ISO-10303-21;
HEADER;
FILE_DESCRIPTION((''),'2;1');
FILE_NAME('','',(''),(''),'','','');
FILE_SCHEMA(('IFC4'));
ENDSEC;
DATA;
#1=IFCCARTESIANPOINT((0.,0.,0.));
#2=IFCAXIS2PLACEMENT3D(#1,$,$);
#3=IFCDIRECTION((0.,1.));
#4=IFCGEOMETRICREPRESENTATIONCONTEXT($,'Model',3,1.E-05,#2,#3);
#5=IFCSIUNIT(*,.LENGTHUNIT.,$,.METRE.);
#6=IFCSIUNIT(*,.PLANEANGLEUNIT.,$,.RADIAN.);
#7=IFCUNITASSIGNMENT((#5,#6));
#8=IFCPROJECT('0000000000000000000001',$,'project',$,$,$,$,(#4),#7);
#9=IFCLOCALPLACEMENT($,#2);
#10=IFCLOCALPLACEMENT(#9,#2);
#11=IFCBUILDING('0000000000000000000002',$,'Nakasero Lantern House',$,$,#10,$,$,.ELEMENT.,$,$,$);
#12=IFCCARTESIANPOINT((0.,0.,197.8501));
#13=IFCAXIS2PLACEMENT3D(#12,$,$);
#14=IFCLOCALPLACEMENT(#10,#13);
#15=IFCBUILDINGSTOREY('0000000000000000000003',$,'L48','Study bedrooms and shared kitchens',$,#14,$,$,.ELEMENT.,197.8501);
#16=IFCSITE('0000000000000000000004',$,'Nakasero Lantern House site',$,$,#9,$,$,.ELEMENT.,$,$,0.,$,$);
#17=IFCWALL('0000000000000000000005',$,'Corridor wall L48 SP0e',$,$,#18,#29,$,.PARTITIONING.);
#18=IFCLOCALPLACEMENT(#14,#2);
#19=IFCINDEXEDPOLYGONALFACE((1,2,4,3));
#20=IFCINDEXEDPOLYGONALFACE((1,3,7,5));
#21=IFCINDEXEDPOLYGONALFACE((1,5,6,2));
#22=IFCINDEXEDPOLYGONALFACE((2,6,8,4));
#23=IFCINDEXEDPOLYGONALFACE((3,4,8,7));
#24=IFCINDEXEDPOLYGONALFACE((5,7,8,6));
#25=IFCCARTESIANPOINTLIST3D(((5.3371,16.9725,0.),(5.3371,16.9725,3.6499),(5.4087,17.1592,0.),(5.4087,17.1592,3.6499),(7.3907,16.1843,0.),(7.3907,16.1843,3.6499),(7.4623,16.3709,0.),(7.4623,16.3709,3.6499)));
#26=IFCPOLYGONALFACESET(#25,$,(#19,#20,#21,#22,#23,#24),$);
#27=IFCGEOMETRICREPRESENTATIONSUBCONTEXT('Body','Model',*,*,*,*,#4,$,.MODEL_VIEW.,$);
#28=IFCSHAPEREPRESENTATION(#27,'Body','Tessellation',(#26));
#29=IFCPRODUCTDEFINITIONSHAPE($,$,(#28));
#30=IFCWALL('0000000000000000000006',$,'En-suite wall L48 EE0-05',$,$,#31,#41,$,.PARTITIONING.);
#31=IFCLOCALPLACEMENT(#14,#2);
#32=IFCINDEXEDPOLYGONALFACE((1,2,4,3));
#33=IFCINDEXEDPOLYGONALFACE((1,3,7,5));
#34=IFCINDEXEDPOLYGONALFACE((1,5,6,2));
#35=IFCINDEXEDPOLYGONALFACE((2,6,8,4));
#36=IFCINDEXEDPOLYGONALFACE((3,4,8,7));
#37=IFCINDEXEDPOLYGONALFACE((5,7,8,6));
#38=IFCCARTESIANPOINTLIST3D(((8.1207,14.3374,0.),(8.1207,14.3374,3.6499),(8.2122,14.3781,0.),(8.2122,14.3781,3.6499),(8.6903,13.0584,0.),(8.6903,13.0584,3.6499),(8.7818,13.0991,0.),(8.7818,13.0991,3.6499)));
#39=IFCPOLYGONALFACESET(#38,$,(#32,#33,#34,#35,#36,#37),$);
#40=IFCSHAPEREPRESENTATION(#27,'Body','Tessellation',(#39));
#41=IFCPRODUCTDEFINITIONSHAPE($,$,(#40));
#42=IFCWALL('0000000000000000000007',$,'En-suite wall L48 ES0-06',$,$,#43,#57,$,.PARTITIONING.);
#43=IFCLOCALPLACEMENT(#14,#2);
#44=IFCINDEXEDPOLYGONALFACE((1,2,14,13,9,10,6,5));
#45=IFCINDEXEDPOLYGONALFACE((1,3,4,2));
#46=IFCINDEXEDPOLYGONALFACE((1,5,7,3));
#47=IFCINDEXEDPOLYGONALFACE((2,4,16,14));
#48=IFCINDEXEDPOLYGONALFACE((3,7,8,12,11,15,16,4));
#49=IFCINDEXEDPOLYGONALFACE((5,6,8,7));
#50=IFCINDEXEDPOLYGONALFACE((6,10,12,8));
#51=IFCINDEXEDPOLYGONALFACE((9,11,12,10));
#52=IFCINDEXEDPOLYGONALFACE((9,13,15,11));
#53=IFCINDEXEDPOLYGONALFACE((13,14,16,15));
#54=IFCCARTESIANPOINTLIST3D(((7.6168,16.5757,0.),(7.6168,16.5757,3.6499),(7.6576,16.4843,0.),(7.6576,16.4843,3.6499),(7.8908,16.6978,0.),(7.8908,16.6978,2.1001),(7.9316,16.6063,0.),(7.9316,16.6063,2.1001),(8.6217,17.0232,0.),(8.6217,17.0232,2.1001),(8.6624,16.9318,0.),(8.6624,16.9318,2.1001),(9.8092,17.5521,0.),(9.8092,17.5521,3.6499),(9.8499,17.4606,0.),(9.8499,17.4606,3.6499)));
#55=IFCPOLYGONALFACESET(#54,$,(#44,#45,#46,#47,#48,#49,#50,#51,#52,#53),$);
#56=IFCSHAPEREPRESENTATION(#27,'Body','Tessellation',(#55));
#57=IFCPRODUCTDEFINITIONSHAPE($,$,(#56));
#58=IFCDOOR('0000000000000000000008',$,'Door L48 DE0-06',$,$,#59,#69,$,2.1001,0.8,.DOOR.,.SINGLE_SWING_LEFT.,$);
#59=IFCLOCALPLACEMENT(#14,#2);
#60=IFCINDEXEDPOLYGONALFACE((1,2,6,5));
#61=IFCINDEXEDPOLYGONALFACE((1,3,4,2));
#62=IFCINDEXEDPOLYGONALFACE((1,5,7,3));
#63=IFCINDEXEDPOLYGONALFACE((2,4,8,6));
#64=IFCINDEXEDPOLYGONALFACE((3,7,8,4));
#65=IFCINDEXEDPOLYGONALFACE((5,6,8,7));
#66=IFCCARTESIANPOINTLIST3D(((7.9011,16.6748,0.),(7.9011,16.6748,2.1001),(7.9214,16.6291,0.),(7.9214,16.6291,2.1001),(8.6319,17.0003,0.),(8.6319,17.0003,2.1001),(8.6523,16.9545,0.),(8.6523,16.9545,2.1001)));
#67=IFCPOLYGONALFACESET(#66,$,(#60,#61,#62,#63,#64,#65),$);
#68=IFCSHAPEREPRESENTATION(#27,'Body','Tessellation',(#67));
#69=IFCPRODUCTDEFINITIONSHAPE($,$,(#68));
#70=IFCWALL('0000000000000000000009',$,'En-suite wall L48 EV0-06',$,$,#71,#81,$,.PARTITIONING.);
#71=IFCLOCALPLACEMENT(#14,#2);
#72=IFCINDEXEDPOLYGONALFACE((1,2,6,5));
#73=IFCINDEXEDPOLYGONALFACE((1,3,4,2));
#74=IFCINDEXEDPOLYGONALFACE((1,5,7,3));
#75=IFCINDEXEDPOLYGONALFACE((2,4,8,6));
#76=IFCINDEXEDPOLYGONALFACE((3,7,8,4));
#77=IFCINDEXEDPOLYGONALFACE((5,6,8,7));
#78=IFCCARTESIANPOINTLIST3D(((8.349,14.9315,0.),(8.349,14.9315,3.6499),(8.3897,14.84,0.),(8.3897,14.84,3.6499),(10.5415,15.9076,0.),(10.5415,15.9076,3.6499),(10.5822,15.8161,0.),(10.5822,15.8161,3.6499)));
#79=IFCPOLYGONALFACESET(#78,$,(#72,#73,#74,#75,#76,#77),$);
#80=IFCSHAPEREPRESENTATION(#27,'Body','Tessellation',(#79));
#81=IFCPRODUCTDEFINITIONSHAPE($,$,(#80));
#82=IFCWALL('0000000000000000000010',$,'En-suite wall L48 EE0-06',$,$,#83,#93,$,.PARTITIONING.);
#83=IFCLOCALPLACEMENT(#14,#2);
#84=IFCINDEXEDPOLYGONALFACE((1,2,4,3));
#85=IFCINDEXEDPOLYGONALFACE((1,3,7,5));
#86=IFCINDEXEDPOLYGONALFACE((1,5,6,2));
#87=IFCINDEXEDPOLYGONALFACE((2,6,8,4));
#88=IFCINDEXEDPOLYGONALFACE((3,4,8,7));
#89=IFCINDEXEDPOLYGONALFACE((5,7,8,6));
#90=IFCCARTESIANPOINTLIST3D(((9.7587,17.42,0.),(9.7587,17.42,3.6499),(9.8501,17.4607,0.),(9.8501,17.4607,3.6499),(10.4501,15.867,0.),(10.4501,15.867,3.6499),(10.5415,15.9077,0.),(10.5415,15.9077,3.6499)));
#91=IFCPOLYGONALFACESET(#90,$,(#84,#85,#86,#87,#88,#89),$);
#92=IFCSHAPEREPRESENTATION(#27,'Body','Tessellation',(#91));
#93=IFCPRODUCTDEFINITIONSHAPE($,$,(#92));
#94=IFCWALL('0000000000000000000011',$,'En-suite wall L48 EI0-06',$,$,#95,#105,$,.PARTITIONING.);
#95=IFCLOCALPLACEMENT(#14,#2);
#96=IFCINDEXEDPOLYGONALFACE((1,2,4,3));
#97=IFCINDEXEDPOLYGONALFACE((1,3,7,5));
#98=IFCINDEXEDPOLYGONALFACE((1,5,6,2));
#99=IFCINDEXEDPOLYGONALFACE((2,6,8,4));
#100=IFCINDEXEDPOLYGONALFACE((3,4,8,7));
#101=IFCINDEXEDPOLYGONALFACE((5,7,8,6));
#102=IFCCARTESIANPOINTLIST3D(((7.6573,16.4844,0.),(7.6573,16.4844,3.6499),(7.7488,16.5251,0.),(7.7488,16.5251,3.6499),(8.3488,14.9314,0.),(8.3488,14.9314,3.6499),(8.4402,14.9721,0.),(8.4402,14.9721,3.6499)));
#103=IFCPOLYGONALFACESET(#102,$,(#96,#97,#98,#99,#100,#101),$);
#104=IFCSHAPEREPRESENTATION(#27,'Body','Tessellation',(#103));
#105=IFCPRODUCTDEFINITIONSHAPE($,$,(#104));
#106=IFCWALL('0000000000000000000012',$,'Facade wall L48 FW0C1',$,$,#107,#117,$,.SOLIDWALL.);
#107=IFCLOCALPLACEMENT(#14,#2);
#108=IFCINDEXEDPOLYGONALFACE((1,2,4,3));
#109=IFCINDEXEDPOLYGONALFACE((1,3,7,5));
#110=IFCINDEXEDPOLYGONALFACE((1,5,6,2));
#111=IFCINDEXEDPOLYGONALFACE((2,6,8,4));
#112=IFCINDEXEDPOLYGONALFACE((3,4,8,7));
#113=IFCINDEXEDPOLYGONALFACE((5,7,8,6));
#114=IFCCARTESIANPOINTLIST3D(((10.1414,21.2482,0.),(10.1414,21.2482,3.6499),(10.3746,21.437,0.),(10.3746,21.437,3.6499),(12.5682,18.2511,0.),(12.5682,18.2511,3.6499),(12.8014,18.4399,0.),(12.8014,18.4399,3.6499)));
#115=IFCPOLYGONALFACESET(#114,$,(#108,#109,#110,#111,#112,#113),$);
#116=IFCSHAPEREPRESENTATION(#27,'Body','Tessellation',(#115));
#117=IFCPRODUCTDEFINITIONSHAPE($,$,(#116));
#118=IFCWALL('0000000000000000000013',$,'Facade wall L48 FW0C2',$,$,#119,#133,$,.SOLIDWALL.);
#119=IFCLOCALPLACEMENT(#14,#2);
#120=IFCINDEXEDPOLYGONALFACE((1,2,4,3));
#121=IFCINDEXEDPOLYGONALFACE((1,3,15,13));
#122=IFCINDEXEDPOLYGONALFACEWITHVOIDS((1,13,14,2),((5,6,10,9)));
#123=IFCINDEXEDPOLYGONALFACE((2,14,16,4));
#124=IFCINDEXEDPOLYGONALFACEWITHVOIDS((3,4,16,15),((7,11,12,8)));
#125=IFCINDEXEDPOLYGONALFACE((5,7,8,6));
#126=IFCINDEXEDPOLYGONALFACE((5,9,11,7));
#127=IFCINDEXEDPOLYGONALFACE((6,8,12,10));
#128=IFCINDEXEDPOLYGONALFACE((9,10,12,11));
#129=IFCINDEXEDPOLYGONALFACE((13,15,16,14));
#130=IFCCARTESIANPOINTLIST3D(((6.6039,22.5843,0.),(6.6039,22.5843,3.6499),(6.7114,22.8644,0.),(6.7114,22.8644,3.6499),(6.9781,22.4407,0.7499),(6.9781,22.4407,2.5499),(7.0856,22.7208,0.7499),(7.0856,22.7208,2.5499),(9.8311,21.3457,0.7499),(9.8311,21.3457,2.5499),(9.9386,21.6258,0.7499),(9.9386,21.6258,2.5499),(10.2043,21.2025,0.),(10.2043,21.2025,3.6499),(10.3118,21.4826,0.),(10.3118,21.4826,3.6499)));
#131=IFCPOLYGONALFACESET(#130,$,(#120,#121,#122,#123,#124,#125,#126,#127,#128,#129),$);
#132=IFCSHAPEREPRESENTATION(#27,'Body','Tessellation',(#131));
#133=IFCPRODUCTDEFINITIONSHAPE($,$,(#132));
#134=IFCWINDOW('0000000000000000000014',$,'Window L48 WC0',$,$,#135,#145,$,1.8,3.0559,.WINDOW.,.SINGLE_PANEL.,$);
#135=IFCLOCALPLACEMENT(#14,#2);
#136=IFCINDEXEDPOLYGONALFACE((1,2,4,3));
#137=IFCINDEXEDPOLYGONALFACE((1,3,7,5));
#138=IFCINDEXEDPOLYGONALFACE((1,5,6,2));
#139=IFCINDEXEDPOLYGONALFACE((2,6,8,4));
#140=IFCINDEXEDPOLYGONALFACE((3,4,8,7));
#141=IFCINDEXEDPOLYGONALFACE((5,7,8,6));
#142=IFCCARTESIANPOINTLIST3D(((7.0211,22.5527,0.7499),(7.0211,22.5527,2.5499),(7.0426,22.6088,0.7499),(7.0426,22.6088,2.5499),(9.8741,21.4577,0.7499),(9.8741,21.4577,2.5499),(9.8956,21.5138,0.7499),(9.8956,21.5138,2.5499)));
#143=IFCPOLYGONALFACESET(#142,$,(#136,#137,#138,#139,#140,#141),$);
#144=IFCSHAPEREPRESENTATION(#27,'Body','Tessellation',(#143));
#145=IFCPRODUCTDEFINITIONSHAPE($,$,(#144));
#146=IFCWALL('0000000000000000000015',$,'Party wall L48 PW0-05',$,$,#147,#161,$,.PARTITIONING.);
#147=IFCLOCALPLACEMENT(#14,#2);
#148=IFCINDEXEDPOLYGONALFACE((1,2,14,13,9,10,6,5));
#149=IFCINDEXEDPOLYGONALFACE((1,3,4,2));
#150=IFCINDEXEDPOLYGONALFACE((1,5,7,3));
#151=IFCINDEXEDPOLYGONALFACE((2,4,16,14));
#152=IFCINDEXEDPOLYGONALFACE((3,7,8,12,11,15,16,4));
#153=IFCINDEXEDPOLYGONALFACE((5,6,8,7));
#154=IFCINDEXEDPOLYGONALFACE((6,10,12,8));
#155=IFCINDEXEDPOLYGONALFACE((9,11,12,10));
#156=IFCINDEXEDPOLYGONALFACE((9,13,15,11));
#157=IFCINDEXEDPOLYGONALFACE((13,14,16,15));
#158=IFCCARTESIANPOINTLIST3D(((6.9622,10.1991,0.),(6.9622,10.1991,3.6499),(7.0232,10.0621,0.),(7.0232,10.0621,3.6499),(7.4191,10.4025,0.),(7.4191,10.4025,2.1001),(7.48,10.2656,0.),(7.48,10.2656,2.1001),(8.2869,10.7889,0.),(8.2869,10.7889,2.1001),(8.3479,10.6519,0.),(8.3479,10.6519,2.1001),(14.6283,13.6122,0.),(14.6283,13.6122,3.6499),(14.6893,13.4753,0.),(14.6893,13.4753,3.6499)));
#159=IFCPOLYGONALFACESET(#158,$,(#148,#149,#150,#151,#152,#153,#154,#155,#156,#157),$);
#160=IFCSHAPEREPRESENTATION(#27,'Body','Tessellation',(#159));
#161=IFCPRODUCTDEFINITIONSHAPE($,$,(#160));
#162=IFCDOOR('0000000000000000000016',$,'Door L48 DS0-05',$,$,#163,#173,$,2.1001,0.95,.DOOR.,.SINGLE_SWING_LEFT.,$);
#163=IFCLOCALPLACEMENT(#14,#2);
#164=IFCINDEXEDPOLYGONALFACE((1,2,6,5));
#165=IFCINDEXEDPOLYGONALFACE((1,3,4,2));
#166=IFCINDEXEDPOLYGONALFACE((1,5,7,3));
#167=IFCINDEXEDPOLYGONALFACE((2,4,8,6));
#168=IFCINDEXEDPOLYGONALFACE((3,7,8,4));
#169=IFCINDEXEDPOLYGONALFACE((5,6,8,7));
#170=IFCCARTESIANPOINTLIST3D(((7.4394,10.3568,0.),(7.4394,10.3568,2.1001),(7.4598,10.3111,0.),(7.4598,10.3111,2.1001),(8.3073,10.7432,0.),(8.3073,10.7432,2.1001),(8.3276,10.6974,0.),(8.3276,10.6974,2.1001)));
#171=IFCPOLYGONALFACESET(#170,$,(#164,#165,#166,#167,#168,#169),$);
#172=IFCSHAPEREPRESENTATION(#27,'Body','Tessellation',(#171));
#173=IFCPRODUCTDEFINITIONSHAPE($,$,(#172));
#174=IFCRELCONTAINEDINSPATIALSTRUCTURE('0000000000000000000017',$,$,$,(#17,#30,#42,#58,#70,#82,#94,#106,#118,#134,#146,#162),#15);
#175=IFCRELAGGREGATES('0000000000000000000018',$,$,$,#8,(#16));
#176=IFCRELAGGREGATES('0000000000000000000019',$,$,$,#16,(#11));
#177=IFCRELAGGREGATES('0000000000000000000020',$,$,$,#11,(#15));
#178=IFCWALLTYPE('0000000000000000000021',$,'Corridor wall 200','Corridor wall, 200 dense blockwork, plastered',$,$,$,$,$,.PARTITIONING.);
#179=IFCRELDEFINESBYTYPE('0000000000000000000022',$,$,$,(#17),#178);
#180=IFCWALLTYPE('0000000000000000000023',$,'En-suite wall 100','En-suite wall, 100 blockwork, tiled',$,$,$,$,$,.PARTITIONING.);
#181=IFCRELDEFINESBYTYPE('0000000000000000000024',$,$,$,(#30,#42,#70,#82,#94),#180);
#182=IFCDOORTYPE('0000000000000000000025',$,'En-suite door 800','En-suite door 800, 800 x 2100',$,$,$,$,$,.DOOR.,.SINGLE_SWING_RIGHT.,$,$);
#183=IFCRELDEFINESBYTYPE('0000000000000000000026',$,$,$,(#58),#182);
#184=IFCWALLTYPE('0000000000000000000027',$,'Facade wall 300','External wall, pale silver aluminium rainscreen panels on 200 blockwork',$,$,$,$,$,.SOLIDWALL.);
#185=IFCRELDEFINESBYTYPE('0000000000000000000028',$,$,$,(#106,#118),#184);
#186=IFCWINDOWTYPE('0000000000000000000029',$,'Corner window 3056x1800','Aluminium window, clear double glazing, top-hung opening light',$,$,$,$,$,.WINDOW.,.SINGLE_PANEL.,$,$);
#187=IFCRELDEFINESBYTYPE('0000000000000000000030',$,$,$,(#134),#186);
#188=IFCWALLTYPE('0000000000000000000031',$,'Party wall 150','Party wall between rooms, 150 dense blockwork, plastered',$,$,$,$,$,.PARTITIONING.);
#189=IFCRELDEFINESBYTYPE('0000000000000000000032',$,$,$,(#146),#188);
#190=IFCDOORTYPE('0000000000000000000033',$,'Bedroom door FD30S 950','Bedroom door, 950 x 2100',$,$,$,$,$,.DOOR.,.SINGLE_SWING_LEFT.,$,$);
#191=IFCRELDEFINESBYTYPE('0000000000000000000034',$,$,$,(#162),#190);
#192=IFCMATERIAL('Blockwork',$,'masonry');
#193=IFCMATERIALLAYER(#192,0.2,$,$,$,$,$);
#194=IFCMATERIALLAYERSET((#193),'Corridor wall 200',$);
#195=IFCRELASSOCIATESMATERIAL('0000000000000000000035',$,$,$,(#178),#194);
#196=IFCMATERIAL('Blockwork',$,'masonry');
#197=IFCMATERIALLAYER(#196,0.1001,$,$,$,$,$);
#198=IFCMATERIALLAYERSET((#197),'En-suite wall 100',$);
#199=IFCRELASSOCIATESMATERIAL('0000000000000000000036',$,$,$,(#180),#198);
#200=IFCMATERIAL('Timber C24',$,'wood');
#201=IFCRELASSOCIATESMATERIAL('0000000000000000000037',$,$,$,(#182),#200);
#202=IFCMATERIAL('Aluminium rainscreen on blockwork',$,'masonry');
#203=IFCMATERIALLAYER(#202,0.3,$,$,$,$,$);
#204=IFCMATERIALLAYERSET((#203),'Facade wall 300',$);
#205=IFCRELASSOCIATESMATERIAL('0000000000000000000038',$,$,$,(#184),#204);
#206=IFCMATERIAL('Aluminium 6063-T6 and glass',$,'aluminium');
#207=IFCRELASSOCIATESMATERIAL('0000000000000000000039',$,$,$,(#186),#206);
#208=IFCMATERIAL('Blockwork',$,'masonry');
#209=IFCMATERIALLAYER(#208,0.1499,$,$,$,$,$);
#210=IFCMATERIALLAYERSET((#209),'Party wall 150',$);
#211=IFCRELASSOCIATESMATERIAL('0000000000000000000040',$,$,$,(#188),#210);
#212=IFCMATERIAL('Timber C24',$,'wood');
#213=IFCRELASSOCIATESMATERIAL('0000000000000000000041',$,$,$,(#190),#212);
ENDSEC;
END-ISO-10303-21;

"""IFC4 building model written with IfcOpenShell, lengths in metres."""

from ifc_helpers import new_model, si_unit, direction, frame, frame_2d, origin, place, context, subcontext, project, spatial, rectangle, extrude, material, layer, layer_set, type_object, element, fill, save


model = new_model("IFC4")

# Units and contexts
model_context = context("Model", 3, precision=1e-05, world=origin(), true_north=direction((0.0, 1.0)))
body_context = subcontext(model_context, "Body", "Model", "MODEL_VIEW")
ifc_project = project(units=[si_unit("LENGTHUNIT", "METRE"), si_unit("PLANEANGLEUNIT", "RADIAN")], contexts=[model_context])

# Site, building, storey
site_placement = place(None, origin())
site = spatial("IfcSite", under=ifc_project, at=site_placement, Name="Nakasero Lantern House site", CompositionType="ELEMENT", RefElevation=0.0)
building_placement = place(site_placement, origin())
building = spatial("IfcBuilding", under=site, at=building_placement, Name="Nakasero Lantern House", CompositionType="ELEMENT")
storey_placement = place(building_placement, frame((0.0, 0.0, 197.8501)))
storey = spatial("IfcBuildingStorey", under=building, at=storey_placement, Name="L48", Description="Study bedrooms and shared kitchens", CompositionType="ELEMENT", Elevation=197.8501)

# Walls
ifc_material_1 = material(Name="Blockwork", Category="masonry")
ifc_layer_1 = layer(ifc_material_1, 0.2)
ifc_layer_set_1 = layer_set([ifc_layer_1], Name="Corridor wall 200")
wall_type_1 = type_object("IfcWallType", Name="Corridor wall 200", Description="Corridor wall, 200 dense blockwork, plastered", PredefinedType="PARTITIONING", material=ifc_layer_set_1)
wall_1_placement = place(storey_placement, frame((7.4265, 16.2776, 0.0), z_axis=(0.0, 0.0, 1.0), x_axis=(-0.933583, 0.358362, 0.0)))
element("IfcWall", 1, at=wall_1_placement, inside=storey, type_object=wall_type_1, Name="Corridor wall L48 SP0e", PredefinedType="PARTITIONING", context=body_context, shape_type="SweptSolid", body=[
    extrude(rectangle(XDim=2.1997, YDim=0.2, at=frame_2d((1.0999, 0.0))), origin(), (0.0, 0.0, 1.0), 3.6499),
])
ifc_material_2 = material(Name="Blockwork", Category="masonry")
ifc_layer_2 = layer(ifc_material_2, 0.1001)
ifc_layer_set_2 = layer_set([ifc_layer_2], Name="En-suite wall 100")
wall_type_2 = type_object("IfcWallType", Name="En-suite wall 100", Description="En-suite wall, 100 blockwork, tiled", PredefinedType="PARTITIONING", material=ifc_layer_set_2)
wall_2_placement = place(storey_placement, frame((8.7361, 13.0786, 0.0), z_axis=(0.0, 0.0, 1.0), x_axis=(-0.406802, 0.913516, 0.0)))
element("IfcWall", 2, at=wall_2_placement, inside=storey, type_object=wall_type_2, Name="En-suite wall L48 EE0-05", PredefinedType="PARTITIONING", context=body_context, shape_type="SweptSolid", body=[
    extrude(rectangle(XDim=1.4001, YDim=0.1001, at=frame_2d((0.7002, 0.0))), origin(), (0.0, 0.0, 1.0), 3.6499),
])

# Wall, opening, door
wall_3_placement = place(storey_placement, frame((7.6372, 16.53, 0.0), z_axis=(0.0, 0.0, 1.0), x_axis=(0.913513, 0.406809, 0.0)))
wall_3 = element("IfcWall", 3, at=wall_3_placement, inside=storey, type_object=wall_type_2, Name="En-suite wall L48 ES0-06", PredefinedType="PARTITIONING", context=body_context, shape_type="SweptSolid", body=[
    extrude(rectangle(XDim=2.3999, YDim=0.1001, at=frame_2d((1.2, 0.0))), origin(), (0.0, 0.0, 1.0), 3.6499),
])
opening_1_placement = place(wall_3_placement, frame((0.3, 0.0, 0.0)))
opening_1 = element("IfcOpeningElement", 4, at=opening_1_placement, cuts=wall_3, PredefinedType="OPENING", context=body_context, shape_type="SweptSolid", body=[
    extrude(rectangle(XDim=0.8, YDim=2.1001, at=frame_2d((0.3999, 1.05))), frame((0.0, 0.0701, 0.0), z_axis=(0.0, -1.0, 0.0), x_axis=(1.0, 0.0, 0.0)), (0.0, 0.0, 1.0), 0.1401),
])
ifc_material_3 = material(Name="Timber C24", Category="wood")
door_type_1 = type_object("IfcDoorType", Name="En-suite door 800", Description="En-suite door 800, 800 x 2100", OperationType="SINGLE_SWING_RIGHT", PredefinedType="DOOR", material=ifc_material_3)
door_1_placement = place(opening_1_placement, origin())
door_1 = element("IfcDoor", 5, at=door_1_placement, inside=storey, type_object=door_type_1, Name="Door L48 DE0-06", OperationType="SINGLE_SWING_LEFT", OverallHeight=2.1001, OverallWidth=0.8, PredefinedType="DOOR", context=body_context, shape_type="SweptSolid", body=[
    extrude(rectangle(XDim=0.8, YDim=2.1001, at=frame_2d((0.3999, 1.05))), frame((0.0, 0.0249, 0.0), z_axis=(0.0, -1.0, 0.0), x_axis=(1.0, 0.0, 0.0)), (0.0, 0.0, 1.0), 0.05),
])
fill(opening_1, door_1)

# Walls
wall_4_placement = place(storey_placement, frame((8.3694, 14.8857, 0.0), z_axis=(0.0, 0.0, 1.0), x_axis=(0.913551, 0.406724, 0.0)))
element("IfcWall", 6, at=wall_4_placement, inside=storey, type_object=wall_type_2, Name="En-suite wall L48 EV0-06", PredefinedType="PARTITIONING", context=body_context, shape_type="SweptSolid", body=[
    extrude(rectangle(XDim=2.3999, YDim=0.1001, at=frame_2d((1.2, 0.0))), origin(), (0.0, 0.0, 1.0), 3.6499),
])
for number, where, z_axis, x_axis, name in (
    (7, (10.4958, 15.8872, 0.0), (0.0, 0.0, 1.0), (-0.406725, 0.913551, 0.0), "En-suite wall L48 EE0-06"),
    (8, (8.3945, 14.9517, 0.0), (0.0, 0.0, 1.0), (-0.406725, 0.913551, 0.0), "En-suite wall L48 EI0-06"),
):
    element("IfcWall", number, at=place(storey_placement, frame(where, z_axis=z_axis, x_axis=x_axis)), inside=storey, type_object=wall_type_2, Name=name, PredefinedType="PARTITIONING", context=body_context, shape_type="SweptSolid", body=[
        extrude(rectangle(XDim=1.7, YDim=0.1001, at=frame_2d((0.8501, 0.0))), origin(), (0.0, 0.0, 1.0), 3.6499),
    ])
ifc_material_4 = material(Name="Aluminium rainscreen on blockwork", Category="masonry")
ifc_layer_3 = layer(ifc_material_4, 0.3)
ifc_layer_set_3 = layer_set([ifc_layer_3], Name="Facade wall 300")
wall_type_3 = type_object("IfcWallType", Name="Facade wall 300", Description="External wall, pale silver aluminium rainscreen panels on 200 blockwork", PredefinedType="SOLIDWALL", material=ifc_layer_set_3)
wall_5_placement = place(storey_placement, frame((12.6848, 18.3455, 0.0), z_axis=(0.0, 0.0, 1.0), x_axis=(-0.629286, 0.777174, 0.0)))
element("IfcWall", 9, at=wall_5_placement, inside=storey, type_object=wall_type_3, Name="Facade wall L48 FW0C1", PredefinedType="SOLIDWALL", context=body_context, shape_type="SweptSolid", body=[
    extrude(rectangle(XDim=3.8564, YDim=0.3, at=frame_2d((1.9282, 0.0))), origin(), (0.0, 0.0, 1.0), 3.6499),
])

# Wall, opening, window
wall_6_placement = place(storey_placement, frame((10.2581, 21.3425, 0.0), z_axis=(0.0, 0.0, 1.0), x_axis=(-0.933598, 0.358321, 0.0)))
wall_6 = element("IfcWall", 10, at=wall_6_placement, inside=storey, type_object=wall_type_3, Name="Facade wall L48 FW0C2", PredefinedType="SOLIDWALL", context=body_context, shape_type="SweptSolid", body=[
    extrude(rectangle(XDim=3.8564, YDim=0.3, at=frame_2d((1.9282, 0.0))), origin(), (0.0, 0.0, 1.0), 3.6499),
])
opening_2_placement = place(wall_6_placement, frame((0.3999, 0.0, 0.75)))
opening_2 = element("IfcOpeningElement", 11, at=opening_2_placement, cuts=wall_6, PredefinedType="OPENING", context=body_context, shape_type="SweptSolid", body=[
    extrude(rectangle(XDim=3.0559, YDim=1.8, at=frame_2d((1.5278, 0.8999))), frame((0.0, 0.1699, 0.0), z_axis=(0.0, -1.0, 0.0), x_axis=(1.0, 0.0, 0.0)), (0.0, 0.0, 1.0), 0.3401),
])
ifc_material_5 = material(Name="Aluminium 6063-T6 and glass", Category="aluminium")
window_type = type_object("IfcWindowType", Name="Corner window 3056x1800", Description="Aluminium window, clear double glazing, top-hung opening light", PartitioningType="SINGLE_PANEL", PredefinedType="WINDOW", material=ifc_material_5)
window_placement = place(opening_2_placement, origin())
window = element("IfcWindow", 12, at=window_placement, inside=storey, type_object=window_type, Name="Window L48 WC0", OverallHeight=1.8, OverallWidth=3.0559, PartitioningType="SINGLE_PANEL", PredefinedType="WINDOW", context=body_context, shape_type="SweptSolid", body=[
    extrude(rectangle(XDim=3.0559, YDim=1.8, at=frame_2d((1.5278, 0.8999))), frame((0.0, 0.03, 0.0), z_axis=(0.0, -1.0, 0.0), x_axis=(1.0, 0.0, 0.0)), (0.0, 0.0, 1.0), 0.0601),
])
fill(opening_2, window)

# Wall, opening, door
ifc_material_6 = material(Name="Blockwork", Category="masonry")
ifc_layer_4 = layer(ifc_material_6, 0.1499)
ifc_layer_set_4 = layer_set([ifc_layer_4], Name="Party wall 150")
wall_type_4 = type_object("IfcWallType", Name="Party wall 150", Description="Party wall between rooms, 150 dense blockwork, plastered", PredefinedType="PARTITIONING", material=ifc_layer_set_4)
wall_7_placement = place(storey_placement, frame((6.9927, 10.1306, 0.0), z_axis=(0.0, 0.0, 1.0), x_axis=(0.913547, 0.406732, 0.0)))
wall_7 = element("IfcWall", 13, at=wall_7_placement, inside=storey, type_object=wall_type_4, Name="Party wall L48 PW0-05", PredefinedType="PARTITIONING", context=body_context, shape_type="SweptSolid", body=[
    extrude(rectangle(XDim=8.3916, YDim=0.1499, at=frame_2d((4.1958, 0.0))), origin(), (0.0, 0.0, 1.0), 3.6499),
])
opening_3_placement = place(wall_7_placement, frame((0.5, 0.0, 0.0)))
opening_3 = element("IfcOpeningElement", 14, at=opening_3_placement, cuts=wall_7, PredefinedType="OPENING", context=body_context, shape_type="SweptSolid", body=[
    extrude(rectangle(XDim=0.95, YDim=2.1001, at=frame_2d((0.4751, 1.05))), frame((0.0, 0.095, 0.0), z_axis=(0.0, -1.0, 0.0), x_axis=(1.0, 0.0, 0.0)), (0.0, 0.0, 1.0), 0.1899),
])
ifc_material_7 = material(Name="Timber C24", Category="wood")
door_type_2 = type_object("IfcDoorType", Name="Bedroom door FD30S 950", Description="Bedroom door, 950 x 2100", OperationType="SINGLE_SWING_LEFT", PredefinedType="DOOR", material=ifc_material_7)
door_2_placement = place(opening_3_placement, origin())
door_2 = element("IfcDoor", 15, at=door_2_placement, inside=storey, type_object=door_type_2, Name="Door L48 DS0-05", OperationType="SINGLE_SWING_LEFT", OverallHeight=2.1001, OverallWidth=0.95, PredefinedType="DOOR", context=body_context, shape_type="SweptSolid", body=[
    extrude(rectangle(XDim=0.95, YDim=2.1001, at=frame_2d((0.4751, 1.05))), frame((0.0, 0.0249, 0.0), z_axis=(0.0, -1.0, 0.0), x_axis=(1.0, 0.0, 0.0)), (0.0, 0.0, 1.0), 0.05),
])
fill(opening_3, door_2)

save(model, "model.ifc")
